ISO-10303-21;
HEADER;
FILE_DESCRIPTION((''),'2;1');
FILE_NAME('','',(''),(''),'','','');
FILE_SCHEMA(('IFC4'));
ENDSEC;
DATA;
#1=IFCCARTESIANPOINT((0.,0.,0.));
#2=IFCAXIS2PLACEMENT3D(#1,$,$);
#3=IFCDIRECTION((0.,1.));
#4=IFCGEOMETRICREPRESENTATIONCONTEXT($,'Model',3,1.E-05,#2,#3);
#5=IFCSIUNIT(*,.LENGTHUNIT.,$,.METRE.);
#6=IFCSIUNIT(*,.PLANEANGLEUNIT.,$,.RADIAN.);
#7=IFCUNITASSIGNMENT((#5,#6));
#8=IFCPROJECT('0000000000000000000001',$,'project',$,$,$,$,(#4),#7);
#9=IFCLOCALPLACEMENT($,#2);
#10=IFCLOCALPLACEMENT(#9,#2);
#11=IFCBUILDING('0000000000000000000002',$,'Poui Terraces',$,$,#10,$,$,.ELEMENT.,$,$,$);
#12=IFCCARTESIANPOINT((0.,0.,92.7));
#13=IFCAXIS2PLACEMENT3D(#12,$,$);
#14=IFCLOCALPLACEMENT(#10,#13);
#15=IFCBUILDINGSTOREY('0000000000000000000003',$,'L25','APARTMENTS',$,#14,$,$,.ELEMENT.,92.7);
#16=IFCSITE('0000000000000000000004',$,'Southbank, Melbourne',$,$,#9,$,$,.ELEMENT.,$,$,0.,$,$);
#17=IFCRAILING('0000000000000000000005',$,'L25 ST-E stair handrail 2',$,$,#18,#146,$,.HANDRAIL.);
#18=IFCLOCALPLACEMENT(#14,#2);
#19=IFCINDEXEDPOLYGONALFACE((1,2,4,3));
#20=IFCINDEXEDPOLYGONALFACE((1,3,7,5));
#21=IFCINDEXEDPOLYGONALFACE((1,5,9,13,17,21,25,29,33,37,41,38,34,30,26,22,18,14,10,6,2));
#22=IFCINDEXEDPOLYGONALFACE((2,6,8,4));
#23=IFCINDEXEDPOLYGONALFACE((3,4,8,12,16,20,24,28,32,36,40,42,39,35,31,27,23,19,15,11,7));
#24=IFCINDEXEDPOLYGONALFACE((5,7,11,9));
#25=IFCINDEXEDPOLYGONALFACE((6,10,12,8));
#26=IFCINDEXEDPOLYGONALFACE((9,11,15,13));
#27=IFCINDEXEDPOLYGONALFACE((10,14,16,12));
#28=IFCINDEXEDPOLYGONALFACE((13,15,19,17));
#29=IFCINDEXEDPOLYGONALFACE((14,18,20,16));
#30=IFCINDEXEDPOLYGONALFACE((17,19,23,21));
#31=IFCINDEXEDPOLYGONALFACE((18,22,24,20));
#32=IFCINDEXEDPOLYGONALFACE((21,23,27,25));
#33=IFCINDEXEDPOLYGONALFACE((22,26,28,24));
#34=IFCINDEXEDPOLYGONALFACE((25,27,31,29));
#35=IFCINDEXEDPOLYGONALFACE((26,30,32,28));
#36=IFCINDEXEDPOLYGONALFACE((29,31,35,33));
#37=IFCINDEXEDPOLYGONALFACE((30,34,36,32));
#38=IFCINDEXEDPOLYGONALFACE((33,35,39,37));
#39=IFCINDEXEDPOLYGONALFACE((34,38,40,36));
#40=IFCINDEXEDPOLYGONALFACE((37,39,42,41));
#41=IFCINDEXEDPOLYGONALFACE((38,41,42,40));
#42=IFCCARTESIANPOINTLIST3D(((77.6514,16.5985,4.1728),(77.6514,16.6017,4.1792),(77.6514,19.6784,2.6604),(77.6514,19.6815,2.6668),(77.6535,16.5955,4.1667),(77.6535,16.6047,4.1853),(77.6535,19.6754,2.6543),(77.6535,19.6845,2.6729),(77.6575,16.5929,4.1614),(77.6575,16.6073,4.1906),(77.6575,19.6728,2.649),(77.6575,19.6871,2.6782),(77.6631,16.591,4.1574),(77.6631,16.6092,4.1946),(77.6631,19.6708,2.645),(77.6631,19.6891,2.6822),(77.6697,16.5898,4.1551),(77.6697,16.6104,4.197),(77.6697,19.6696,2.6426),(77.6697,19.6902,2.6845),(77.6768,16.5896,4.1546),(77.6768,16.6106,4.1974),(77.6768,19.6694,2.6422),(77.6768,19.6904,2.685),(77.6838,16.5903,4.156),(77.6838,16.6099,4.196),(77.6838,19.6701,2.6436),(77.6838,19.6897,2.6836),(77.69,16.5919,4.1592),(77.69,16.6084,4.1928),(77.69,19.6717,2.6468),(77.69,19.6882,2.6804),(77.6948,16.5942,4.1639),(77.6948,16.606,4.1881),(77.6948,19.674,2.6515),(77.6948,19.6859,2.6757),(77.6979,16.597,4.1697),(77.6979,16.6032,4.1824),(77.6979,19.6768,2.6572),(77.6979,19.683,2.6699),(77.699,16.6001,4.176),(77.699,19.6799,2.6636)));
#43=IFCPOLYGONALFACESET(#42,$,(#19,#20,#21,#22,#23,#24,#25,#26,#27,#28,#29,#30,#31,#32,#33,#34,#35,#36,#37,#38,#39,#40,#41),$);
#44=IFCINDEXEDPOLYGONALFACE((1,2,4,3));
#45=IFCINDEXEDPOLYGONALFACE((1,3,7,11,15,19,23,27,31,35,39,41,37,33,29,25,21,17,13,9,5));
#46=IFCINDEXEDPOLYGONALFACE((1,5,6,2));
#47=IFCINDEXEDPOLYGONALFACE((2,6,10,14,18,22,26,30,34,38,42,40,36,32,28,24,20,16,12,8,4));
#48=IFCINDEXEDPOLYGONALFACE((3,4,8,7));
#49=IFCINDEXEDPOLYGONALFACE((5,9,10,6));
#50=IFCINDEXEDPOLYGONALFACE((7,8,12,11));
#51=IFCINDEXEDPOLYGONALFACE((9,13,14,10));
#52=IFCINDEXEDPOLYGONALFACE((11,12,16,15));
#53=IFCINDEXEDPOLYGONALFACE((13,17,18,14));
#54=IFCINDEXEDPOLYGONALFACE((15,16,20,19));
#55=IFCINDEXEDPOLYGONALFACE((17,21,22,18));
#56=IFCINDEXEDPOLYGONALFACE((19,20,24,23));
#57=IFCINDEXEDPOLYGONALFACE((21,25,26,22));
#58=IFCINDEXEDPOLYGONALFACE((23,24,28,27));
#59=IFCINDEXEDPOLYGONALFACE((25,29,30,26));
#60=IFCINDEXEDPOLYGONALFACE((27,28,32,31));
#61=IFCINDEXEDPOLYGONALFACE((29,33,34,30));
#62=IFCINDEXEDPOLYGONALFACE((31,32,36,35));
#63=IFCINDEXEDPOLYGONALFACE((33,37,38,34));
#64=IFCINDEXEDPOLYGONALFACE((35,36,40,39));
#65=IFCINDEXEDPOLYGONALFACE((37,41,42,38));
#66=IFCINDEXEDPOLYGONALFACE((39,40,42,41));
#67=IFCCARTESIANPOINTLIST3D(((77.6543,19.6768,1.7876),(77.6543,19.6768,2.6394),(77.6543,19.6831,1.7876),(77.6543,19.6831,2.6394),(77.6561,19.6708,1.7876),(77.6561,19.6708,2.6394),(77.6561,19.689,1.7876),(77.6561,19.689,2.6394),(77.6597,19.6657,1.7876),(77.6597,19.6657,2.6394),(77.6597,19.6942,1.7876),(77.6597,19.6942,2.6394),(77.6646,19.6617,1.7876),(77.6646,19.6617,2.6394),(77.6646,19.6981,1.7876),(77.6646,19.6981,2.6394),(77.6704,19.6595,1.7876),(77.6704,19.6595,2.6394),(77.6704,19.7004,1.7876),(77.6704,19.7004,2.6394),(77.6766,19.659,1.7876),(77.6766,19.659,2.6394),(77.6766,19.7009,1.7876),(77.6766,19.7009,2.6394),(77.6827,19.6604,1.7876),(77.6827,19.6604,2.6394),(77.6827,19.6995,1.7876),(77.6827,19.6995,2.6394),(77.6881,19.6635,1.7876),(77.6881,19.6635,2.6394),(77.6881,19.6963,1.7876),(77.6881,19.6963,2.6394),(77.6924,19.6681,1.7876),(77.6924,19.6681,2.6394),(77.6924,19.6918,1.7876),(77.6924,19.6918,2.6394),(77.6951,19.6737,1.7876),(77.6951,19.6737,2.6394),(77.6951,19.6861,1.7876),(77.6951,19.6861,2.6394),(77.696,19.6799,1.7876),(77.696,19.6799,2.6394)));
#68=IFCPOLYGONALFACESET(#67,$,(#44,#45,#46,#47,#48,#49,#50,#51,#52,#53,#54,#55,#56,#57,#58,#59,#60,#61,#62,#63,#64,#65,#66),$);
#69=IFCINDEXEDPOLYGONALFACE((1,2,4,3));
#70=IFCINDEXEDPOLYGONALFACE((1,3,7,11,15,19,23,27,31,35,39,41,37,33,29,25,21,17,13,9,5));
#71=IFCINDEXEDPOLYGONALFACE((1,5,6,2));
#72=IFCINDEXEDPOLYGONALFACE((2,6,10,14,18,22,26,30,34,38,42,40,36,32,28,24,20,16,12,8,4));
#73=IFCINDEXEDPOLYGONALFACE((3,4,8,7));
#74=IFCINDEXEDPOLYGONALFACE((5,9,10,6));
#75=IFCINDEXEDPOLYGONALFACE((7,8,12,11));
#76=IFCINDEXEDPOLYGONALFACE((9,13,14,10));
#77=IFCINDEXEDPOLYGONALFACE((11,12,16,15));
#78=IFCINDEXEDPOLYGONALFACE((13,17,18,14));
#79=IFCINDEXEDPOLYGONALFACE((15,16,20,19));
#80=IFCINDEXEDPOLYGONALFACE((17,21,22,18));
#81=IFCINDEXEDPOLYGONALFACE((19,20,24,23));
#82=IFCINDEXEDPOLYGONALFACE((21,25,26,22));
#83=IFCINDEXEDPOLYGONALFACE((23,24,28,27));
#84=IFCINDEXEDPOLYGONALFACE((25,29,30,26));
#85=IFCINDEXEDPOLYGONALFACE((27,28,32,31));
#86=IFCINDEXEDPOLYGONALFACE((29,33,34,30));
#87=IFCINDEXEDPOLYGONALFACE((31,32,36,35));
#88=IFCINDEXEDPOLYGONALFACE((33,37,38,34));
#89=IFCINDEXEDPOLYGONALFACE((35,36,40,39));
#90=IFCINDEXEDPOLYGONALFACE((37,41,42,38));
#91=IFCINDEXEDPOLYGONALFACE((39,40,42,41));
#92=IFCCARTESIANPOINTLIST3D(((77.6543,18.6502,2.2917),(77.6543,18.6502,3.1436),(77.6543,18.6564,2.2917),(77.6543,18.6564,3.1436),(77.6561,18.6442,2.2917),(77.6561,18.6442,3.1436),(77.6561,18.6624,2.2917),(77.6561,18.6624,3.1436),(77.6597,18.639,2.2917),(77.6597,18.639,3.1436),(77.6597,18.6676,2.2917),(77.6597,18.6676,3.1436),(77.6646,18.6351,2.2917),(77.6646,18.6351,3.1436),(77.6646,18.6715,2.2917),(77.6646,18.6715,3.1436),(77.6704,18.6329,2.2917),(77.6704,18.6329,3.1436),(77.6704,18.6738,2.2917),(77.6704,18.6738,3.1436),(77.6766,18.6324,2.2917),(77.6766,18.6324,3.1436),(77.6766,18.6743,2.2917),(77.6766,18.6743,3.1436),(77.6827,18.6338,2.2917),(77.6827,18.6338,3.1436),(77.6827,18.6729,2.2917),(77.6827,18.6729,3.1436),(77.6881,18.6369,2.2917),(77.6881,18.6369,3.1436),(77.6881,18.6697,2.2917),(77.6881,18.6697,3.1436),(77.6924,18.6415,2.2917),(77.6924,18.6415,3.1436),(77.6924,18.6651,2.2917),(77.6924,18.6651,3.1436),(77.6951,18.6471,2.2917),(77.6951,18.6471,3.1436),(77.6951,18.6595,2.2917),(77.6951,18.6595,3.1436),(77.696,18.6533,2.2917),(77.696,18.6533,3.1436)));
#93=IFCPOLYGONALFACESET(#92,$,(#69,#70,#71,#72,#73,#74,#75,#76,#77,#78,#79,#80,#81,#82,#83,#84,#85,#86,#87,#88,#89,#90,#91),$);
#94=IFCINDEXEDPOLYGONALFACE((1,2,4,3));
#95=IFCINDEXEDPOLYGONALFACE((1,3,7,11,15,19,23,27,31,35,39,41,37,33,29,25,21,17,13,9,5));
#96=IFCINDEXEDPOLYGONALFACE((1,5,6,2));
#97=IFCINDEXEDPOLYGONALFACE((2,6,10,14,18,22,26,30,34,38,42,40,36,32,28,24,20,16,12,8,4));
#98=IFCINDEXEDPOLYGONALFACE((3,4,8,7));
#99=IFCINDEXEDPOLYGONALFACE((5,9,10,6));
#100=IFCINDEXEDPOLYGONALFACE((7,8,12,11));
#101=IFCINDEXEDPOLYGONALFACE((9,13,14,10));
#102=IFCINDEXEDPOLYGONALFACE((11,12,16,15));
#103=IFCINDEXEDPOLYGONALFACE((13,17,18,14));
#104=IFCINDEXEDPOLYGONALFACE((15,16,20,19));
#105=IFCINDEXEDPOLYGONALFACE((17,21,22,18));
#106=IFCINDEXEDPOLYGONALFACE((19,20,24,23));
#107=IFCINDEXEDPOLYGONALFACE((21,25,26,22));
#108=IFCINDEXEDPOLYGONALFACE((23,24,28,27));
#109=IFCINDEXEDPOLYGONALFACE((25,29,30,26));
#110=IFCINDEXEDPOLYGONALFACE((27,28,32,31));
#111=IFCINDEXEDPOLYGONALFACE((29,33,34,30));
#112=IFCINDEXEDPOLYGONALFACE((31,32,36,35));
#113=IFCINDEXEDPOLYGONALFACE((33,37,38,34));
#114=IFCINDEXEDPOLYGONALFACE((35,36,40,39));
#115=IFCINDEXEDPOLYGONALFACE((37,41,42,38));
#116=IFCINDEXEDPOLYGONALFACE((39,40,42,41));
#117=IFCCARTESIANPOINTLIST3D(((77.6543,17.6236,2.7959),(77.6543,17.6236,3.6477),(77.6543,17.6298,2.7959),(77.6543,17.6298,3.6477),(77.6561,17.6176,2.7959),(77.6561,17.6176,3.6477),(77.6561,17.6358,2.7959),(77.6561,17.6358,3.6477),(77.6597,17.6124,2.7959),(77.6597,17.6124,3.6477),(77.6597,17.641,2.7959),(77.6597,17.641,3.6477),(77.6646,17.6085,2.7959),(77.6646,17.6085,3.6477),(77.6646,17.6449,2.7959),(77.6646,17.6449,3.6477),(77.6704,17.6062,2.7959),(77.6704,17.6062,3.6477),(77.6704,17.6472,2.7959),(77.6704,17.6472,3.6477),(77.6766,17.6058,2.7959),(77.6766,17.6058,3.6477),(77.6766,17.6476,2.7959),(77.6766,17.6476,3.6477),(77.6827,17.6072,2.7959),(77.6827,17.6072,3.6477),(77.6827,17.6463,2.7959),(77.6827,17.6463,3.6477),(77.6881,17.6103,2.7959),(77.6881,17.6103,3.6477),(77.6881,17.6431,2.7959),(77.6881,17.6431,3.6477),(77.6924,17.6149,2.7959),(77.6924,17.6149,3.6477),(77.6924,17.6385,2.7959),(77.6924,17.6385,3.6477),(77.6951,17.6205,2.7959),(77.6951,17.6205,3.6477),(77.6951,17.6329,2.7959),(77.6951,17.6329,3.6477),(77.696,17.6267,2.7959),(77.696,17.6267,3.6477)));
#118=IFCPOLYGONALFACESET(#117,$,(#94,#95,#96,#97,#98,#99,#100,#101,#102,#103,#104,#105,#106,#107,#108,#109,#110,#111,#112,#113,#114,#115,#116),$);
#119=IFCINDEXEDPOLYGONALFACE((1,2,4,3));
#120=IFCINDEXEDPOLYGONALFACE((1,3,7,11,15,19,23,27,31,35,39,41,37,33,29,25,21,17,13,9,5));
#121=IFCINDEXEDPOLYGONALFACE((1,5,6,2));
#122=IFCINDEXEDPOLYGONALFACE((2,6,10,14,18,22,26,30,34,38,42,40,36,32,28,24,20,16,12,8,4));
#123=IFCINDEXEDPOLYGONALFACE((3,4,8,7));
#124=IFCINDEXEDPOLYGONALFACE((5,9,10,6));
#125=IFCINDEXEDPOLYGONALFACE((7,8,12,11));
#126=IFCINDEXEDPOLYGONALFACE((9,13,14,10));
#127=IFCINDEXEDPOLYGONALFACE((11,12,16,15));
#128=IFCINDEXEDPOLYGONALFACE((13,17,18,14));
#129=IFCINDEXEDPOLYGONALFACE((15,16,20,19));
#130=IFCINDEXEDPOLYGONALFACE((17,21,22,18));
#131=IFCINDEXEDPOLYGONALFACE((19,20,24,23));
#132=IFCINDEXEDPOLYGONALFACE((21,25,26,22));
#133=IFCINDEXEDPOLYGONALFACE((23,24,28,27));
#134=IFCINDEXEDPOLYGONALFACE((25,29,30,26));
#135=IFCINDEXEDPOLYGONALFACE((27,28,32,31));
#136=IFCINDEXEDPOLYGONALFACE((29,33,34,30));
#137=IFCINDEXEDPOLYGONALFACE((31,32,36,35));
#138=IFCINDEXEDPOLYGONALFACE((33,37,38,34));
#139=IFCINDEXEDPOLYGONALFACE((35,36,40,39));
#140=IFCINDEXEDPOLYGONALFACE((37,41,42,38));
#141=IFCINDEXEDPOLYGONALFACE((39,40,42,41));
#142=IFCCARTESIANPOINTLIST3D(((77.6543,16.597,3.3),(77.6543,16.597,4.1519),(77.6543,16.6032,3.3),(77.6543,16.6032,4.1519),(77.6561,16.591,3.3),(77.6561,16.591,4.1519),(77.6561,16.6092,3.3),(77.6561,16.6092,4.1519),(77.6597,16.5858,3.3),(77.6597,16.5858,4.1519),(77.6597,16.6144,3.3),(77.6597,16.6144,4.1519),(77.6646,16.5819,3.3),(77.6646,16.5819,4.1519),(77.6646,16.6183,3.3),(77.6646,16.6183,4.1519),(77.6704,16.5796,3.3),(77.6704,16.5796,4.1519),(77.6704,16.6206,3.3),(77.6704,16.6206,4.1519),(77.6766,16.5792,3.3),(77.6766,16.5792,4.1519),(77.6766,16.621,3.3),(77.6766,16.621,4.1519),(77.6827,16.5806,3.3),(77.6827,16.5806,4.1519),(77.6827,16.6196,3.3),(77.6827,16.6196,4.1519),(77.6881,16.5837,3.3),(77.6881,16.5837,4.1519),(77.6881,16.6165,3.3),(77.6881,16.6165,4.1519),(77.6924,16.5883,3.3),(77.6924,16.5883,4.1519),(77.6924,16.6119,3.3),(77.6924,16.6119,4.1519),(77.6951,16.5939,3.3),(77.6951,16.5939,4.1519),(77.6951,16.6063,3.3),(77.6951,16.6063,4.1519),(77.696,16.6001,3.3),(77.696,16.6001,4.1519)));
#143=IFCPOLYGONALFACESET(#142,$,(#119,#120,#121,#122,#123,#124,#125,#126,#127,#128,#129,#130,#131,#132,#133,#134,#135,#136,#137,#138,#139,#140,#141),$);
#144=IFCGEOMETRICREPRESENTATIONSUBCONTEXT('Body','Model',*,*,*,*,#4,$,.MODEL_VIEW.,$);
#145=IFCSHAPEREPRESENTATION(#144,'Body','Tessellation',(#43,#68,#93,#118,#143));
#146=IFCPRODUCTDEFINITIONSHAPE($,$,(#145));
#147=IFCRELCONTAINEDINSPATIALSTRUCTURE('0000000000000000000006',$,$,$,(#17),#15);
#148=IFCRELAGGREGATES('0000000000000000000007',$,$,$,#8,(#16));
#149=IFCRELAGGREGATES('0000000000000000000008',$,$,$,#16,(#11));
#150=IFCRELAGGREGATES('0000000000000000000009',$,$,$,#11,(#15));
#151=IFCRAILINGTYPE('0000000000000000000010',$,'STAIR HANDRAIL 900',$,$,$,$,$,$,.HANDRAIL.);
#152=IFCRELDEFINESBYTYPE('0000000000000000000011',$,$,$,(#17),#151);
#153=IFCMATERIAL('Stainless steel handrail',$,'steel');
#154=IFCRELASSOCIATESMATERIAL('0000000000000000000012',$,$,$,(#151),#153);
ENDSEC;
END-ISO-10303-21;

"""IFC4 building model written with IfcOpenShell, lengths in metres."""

from ifc_helpers import new_model, si_unit, direction, frame, origin, origin_2d, place, context, subcontext, project, spatial, circle, extrude, material, type_object, element, save


model = new_model("IFC4")

# Units and contexts
model_context = context("Model", 3, precision=1e-05, world=origin(), true_north=direction((0.0, 1.0)))
body_context = subcontext(model_context, "Body", "Model", "MODEL_VIEW")
ifc_project = project(units=[si_unit("LENGTHUNIT", "METRE"), si_unit("PLANEANGLEUNIT", "RADIAN")], contexts=[model_context])

# Site, building, storey
site_placement = place(None, origin())
site = spatial("IfcSite", under=ifc_project, at=site_placement, Name="Southbank, Melbourne", CompositionType="ELEMENT", RefElevation=0.0)
building_placement = place(site_placement, origin())
building = spatial("IfcBuilding", under=site, at=building_placement, Name="Poui Terraces", CompositionType="ELEMENT")
storey_placement = place(building_placement, frame((0.0, 0.0, 92.7)))
storey = spatial("IfcBuildingStorey", under=building, at=storey_placement, Name="L25", Description="APARTMENTS", CompositionType="ELEMENT", Elevation=92.7)

# Railing
ifc_material_1 = material(Name="Stainless steel handrail", Category="steel")
railing_type_1 = type_object("IfcRailingType", Name="STAIR HANDRAIL 900", PredefinedType="HANDRAIL", material=ifc_material_1)
railing_1_placement = place(storey_placement, frame((77.675, 19.6799, 1.7876)))
element("IfcRailing", 1, at=railing_1_placement, inside=storey, type_object=railing_type_1, Name="L25 ST-E stair handrail 2", PredefinedType="HANDRAIL", context=body_context, shape_type="SweptSolid", body=[
    extrude(circle(Radius=0.0239, at=origin_2d()), frame((0.0, 0.0, 0.876), z_axis=(0.0, -0.897606, 0.440798), x_axis=(1.0, 0.0, 0.0)), (0.0, 0.0, 1.0), 3.4312),
    extrude(circle(Radius=0.021, at=origin_2d()), origin(), (0.0, 0.0, 1.0), 0.8518),
    extrude(circle(Radius=0.021, at=origin_2d()), frame((0.0, -1.0266, 0.5042)), (0.0, 0.0, 1.0), 0.8518),
    extrude(circle(Radius=0.021, at=origin_2d()), frame((0.0, -2.0532, 1.0083)), (0.0, 0.0, 1.0), 0.8518),
    extrude(circle(Radius=0.021, at=origin_2d()), frame((0.0, -3.0798, 1.5125)), (0.0, 0.0, 1.0), 0.8518),
])

save(model, "model.ifc")
